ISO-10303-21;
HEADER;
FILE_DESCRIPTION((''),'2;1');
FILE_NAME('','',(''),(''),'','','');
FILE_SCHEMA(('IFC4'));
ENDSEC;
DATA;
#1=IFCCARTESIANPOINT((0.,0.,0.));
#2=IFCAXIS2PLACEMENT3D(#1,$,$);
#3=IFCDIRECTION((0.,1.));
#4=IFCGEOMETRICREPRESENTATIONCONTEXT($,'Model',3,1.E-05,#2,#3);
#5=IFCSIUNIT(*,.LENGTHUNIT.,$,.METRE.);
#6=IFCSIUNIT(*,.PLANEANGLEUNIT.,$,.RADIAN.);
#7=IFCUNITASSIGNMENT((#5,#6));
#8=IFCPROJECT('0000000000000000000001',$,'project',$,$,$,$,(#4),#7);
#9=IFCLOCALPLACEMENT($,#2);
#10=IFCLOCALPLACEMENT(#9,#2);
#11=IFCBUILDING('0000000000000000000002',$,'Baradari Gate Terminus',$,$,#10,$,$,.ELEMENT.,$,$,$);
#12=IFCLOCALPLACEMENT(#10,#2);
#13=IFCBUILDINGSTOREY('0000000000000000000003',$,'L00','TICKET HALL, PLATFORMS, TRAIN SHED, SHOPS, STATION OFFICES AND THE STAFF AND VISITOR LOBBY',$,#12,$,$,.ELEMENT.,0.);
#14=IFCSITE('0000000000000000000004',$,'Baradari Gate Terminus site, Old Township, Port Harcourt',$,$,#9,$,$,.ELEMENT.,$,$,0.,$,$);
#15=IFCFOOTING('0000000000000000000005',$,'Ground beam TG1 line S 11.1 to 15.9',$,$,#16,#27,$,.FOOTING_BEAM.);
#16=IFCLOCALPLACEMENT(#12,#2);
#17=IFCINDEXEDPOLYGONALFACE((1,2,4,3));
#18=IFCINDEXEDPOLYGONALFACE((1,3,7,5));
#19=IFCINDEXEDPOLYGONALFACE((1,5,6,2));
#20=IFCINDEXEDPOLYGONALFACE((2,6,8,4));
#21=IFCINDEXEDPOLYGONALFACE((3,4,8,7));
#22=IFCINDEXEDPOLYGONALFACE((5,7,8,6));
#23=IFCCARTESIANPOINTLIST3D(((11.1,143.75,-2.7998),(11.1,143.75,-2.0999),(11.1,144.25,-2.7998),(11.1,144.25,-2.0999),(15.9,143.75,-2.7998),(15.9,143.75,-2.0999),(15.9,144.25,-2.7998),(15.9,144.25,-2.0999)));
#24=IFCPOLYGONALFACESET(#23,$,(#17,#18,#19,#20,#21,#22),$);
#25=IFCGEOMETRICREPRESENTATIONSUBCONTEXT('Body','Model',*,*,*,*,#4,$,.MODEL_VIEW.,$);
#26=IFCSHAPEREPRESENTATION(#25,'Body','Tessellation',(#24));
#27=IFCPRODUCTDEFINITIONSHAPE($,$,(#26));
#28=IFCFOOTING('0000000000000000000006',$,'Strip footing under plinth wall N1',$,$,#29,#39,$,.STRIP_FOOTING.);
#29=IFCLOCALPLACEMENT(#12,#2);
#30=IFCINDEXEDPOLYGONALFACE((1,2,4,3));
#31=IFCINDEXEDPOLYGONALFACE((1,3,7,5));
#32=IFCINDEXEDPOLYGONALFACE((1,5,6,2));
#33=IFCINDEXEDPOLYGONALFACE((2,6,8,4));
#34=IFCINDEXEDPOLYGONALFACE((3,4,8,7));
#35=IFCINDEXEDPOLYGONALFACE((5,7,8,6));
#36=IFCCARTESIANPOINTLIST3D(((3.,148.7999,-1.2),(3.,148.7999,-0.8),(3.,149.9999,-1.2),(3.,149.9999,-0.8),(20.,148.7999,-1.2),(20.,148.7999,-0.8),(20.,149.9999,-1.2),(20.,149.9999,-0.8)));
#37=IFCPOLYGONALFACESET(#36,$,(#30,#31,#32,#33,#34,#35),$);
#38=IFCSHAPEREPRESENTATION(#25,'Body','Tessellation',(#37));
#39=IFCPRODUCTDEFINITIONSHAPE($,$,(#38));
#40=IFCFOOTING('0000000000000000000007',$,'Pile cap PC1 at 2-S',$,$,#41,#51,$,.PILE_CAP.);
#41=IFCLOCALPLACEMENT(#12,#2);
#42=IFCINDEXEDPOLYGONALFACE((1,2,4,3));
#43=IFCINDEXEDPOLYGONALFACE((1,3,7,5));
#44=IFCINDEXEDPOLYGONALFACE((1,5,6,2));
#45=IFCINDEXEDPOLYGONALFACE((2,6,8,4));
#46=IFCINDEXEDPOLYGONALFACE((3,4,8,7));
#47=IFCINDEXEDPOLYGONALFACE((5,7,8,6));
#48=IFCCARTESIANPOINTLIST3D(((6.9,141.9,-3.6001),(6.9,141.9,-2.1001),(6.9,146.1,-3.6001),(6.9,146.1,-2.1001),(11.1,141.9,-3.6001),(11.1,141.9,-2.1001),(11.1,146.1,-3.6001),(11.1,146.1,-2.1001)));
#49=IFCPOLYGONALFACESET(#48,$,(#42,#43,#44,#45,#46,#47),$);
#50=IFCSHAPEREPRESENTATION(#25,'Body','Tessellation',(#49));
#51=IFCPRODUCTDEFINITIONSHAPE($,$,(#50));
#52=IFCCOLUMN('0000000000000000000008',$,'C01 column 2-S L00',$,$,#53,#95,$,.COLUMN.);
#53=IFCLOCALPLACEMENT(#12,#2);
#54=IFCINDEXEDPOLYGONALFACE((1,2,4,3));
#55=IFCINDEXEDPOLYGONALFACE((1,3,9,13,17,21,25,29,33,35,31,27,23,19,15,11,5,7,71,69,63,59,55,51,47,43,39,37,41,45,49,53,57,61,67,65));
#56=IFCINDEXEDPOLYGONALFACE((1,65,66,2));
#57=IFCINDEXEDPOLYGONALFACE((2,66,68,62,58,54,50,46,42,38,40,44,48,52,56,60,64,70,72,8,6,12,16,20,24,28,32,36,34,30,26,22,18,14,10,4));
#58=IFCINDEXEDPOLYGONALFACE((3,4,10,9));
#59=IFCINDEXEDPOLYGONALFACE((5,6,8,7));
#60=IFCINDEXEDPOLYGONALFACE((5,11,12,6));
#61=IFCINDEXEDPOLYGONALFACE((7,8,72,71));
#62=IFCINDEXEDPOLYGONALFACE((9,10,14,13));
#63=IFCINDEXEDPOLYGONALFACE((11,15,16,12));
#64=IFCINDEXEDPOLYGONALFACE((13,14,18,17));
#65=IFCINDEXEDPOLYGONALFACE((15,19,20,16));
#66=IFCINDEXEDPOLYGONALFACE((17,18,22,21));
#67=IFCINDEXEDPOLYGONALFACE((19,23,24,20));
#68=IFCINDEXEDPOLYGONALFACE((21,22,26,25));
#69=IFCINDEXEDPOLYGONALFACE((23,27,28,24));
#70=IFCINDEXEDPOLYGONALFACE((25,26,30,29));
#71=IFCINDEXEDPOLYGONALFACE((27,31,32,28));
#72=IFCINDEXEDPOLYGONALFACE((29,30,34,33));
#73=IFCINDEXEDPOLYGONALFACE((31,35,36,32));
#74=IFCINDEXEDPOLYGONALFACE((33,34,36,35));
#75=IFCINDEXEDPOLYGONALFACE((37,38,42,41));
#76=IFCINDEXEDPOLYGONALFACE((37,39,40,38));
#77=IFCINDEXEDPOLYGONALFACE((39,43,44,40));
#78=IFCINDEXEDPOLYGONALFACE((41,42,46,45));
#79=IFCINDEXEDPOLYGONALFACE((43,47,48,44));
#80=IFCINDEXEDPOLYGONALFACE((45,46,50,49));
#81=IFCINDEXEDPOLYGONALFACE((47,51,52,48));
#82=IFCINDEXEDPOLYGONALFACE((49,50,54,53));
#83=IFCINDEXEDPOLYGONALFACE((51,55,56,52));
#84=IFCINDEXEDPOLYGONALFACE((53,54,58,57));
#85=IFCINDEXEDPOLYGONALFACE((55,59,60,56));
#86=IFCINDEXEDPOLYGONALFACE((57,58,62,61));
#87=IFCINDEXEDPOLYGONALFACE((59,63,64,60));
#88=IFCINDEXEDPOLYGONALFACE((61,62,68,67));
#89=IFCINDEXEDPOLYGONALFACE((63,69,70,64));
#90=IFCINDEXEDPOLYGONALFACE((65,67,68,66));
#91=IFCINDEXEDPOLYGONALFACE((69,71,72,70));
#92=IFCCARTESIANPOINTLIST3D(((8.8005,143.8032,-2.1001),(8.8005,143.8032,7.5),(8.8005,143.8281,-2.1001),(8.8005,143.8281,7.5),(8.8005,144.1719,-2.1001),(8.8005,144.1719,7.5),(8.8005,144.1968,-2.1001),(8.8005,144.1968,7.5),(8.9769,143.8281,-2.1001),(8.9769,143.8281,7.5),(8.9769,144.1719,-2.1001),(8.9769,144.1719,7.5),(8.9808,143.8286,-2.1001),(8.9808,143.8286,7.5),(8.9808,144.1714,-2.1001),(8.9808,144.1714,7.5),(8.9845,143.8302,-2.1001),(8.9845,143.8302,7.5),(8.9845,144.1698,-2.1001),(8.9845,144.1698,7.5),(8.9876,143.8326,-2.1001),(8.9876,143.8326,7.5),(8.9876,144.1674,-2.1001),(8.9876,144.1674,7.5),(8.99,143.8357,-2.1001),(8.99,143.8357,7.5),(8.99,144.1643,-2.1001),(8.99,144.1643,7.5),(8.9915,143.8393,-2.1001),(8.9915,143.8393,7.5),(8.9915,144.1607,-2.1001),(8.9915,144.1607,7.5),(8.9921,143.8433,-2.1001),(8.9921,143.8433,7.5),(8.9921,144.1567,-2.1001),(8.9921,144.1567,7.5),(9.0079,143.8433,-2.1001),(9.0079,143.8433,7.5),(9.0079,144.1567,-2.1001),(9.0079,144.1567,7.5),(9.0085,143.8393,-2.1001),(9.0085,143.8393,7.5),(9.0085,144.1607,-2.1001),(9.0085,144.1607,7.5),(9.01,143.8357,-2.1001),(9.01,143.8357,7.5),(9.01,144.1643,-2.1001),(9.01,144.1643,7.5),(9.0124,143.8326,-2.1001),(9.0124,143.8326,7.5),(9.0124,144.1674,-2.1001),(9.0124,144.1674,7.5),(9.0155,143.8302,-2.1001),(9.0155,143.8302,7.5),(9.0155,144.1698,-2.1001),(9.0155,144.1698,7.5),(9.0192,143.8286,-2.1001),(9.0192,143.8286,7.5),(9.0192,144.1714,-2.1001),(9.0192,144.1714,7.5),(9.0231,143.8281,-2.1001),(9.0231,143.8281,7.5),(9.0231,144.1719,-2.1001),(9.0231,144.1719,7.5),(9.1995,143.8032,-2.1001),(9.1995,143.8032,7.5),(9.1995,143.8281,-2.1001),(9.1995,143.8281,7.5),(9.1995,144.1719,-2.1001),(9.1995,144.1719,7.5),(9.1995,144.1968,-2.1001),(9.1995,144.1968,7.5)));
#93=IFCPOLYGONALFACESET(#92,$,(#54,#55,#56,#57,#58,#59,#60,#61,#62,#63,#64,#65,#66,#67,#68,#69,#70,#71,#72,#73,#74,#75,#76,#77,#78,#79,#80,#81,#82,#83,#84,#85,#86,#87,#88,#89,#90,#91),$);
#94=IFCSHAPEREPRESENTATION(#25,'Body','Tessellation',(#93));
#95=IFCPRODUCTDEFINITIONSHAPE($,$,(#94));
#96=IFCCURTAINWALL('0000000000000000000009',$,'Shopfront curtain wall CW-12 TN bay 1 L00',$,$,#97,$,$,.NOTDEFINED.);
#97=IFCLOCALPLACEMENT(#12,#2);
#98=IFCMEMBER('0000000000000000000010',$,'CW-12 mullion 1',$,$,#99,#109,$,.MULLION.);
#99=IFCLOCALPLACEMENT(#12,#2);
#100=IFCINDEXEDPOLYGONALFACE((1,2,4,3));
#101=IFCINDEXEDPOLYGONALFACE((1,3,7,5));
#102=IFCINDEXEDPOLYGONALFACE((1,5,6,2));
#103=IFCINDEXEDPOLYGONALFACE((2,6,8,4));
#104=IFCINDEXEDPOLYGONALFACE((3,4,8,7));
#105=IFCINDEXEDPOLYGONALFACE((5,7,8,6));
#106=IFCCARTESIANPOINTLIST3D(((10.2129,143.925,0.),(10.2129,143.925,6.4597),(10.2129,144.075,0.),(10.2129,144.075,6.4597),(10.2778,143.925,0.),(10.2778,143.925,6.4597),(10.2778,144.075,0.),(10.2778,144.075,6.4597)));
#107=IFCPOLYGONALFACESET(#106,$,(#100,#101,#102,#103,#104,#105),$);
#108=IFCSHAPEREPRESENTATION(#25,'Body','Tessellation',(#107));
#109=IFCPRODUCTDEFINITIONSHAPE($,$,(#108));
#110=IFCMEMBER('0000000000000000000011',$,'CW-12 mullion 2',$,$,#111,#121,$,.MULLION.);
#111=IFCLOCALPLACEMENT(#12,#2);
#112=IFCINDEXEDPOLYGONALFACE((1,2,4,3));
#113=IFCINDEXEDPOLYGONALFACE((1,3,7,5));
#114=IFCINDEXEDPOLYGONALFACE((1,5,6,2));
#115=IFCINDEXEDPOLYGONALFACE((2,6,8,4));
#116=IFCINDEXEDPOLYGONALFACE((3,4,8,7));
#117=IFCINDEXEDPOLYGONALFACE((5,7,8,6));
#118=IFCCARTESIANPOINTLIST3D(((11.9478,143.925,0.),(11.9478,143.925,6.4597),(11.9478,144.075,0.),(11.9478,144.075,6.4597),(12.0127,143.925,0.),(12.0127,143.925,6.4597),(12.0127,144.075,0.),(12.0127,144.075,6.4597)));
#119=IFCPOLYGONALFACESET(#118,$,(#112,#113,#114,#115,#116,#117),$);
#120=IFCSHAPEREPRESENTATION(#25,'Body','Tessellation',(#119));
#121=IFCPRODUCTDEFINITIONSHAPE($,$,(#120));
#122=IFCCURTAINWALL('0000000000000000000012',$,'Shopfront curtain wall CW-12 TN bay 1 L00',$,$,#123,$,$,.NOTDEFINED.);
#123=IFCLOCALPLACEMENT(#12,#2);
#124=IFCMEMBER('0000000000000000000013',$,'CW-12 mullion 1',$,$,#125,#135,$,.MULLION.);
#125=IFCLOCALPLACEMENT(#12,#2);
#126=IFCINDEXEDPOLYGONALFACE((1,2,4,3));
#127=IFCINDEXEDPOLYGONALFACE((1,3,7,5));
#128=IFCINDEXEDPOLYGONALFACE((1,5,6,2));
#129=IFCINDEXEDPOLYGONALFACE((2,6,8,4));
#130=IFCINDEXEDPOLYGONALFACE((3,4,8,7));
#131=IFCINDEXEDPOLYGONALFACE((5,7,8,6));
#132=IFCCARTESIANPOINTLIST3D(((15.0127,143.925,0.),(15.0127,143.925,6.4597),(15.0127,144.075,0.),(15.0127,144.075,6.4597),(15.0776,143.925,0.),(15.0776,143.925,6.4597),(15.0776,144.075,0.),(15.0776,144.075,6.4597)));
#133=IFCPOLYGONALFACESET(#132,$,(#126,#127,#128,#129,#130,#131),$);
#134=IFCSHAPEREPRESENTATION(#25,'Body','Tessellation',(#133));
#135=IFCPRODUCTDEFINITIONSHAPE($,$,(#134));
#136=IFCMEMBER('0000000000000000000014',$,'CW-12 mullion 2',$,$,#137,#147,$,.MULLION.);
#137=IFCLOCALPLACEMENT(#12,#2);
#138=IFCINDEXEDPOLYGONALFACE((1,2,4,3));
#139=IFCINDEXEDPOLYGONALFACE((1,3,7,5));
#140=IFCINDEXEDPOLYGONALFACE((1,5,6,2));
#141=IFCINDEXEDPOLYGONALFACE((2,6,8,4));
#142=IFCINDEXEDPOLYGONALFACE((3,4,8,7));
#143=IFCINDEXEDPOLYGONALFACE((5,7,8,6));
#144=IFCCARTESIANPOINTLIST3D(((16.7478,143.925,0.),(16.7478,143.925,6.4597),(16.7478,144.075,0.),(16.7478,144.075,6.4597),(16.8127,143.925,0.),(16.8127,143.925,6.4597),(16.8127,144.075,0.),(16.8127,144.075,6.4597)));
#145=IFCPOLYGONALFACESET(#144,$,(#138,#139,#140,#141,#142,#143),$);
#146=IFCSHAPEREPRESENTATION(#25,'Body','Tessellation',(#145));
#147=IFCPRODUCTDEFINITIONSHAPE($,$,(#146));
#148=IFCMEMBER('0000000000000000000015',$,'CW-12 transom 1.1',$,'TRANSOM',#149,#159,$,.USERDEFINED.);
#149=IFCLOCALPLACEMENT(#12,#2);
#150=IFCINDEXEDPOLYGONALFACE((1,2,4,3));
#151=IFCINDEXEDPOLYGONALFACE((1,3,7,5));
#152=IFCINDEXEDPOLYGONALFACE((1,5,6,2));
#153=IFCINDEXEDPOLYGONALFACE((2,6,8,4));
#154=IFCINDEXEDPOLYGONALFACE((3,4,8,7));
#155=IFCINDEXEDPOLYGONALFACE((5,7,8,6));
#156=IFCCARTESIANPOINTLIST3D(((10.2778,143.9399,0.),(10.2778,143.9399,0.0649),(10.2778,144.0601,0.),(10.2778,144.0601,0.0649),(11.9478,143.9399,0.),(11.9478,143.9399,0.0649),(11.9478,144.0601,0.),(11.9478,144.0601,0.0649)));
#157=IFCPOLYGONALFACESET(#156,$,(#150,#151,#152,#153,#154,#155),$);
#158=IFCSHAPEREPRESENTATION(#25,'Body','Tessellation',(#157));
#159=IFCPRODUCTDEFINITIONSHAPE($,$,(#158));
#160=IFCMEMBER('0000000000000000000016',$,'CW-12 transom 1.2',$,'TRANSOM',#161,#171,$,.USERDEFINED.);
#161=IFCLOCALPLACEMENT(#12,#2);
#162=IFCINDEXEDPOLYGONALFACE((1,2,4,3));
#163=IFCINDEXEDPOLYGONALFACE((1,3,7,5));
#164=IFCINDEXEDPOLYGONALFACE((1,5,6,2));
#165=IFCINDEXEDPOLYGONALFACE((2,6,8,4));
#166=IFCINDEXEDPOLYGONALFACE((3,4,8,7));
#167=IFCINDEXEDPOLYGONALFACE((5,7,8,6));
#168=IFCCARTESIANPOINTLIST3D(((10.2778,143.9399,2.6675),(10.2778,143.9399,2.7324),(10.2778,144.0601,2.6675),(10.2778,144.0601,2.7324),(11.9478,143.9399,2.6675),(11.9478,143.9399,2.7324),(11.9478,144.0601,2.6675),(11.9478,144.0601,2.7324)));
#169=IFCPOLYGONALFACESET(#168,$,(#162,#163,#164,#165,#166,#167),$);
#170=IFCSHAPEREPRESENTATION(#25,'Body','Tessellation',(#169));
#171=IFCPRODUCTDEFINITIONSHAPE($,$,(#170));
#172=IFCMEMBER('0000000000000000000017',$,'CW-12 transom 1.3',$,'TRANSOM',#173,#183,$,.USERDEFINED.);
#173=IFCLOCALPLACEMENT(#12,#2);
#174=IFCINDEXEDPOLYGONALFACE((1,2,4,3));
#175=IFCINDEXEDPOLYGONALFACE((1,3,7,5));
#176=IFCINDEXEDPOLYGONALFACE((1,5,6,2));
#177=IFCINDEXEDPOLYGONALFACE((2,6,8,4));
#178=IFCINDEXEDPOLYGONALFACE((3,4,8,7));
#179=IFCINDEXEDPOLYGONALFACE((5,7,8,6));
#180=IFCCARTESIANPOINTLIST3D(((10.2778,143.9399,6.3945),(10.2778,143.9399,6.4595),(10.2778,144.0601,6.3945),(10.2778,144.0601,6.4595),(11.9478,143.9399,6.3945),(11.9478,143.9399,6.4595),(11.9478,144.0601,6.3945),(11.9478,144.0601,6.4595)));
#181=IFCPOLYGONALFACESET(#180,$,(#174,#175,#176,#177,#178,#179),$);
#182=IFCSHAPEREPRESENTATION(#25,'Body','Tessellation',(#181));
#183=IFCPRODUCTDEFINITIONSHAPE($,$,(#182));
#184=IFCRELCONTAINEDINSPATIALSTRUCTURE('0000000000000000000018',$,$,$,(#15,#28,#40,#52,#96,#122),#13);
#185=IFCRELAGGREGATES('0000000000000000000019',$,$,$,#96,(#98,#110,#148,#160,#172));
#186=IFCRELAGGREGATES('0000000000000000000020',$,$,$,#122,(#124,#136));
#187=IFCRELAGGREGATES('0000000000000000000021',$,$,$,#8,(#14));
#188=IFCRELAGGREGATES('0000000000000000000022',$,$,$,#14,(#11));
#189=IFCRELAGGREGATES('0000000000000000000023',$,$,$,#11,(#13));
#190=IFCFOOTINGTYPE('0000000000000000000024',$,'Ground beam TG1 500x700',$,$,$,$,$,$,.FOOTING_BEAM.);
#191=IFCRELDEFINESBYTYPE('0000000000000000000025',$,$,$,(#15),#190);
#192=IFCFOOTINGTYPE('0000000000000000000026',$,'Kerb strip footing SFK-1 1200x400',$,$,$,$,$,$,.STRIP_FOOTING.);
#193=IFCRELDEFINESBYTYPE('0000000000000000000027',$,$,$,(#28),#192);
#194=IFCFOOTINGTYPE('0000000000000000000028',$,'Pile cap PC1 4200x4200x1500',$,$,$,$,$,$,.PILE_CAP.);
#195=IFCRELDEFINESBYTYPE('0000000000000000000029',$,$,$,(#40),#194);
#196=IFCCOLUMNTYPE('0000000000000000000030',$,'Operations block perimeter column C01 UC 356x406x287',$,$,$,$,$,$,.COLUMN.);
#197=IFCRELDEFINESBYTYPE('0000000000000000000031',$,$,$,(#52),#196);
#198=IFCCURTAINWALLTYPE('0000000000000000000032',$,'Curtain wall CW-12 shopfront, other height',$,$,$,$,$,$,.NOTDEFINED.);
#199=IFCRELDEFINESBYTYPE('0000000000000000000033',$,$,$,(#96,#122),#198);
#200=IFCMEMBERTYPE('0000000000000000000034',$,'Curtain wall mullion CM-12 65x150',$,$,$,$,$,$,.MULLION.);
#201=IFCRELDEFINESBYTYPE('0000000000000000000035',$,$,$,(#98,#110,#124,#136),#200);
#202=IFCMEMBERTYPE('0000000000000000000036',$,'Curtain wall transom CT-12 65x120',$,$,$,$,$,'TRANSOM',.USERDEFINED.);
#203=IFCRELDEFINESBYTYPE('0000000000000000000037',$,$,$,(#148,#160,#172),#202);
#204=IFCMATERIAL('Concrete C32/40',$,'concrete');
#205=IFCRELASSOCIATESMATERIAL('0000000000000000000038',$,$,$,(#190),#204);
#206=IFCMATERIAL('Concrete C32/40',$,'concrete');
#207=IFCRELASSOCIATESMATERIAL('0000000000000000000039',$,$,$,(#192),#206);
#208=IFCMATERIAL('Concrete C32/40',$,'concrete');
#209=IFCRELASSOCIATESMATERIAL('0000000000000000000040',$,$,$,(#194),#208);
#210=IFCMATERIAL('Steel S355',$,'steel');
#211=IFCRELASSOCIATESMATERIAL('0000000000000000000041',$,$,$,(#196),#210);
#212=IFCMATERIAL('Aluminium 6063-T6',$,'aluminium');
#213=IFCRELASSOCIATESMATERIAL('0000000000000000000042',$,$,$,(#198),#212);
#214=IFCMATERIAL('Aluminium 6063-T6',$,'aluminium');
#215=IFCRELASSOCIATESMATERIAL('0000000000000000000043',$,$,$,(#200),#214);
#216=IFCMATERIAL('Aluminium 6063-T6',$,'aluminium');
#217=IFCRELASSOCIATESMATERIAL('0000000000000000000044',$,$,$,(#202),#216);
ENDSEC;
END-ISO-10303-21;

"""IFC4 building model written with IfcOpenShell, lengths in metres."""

from ifc_helpers import new_model, si_unit, direction, frame, origin, origin_2d, place, context, subcontext, project, spatial, rectangle, i_section, extrude, material, material_profile, profile_set, type_object, element, aggregate, save


model = new_model("IFC4")

# Units and contexts
model_context = context("Model", 3, precision=1e-05, world=origin(), true_north=direction((0.0, 1.0)))
body_context = subcontext(model_context, "Body", "Model", "MODEL_VIEW")
ifc_project = project(units=[si_unit("LENGTHUNIT", "METRE"), si_unit("PLANEANGLEUNIT", "RADIAN")], contexts=[model_context])

# Site, building, storey
site_placement = place(None, origin())
site = spatial("IfcSite", under=ifc_project, at=site_placement, Name="Baradari Gate Terminus site, Old Township, Port Harcourt", CompositionType="ELEMENT", RefElevation=0.0)
building_placement = place(site_placement, origin())
building = spatial("IfcBuilding", under=site, at=building_placement, Name="Baradari Gate Terminus", CompositionType="ELEMENT")
storey_placement = place(building_placement, origin())
storey = spatial("IfcBuildingStorey", under=building, at=storey_placement, Name="L00", Description="TICKET HALL, PLATFORMS, TRAIN SHED, SHOPS, STATION OFFICES AND THE STAFF AND VISITOR LOBBY", CompositionType="ELEMENT", Elevation=0.0)

# Footings
ifc_material_1 = material(Name="Concrete C32/40", Category="concrete")
footing_type_1 = type_object("IfcFootingType", Name="Ground beam TG1 500x700", PredefinedType="FOOTING_BEAM", material=ifc_material_1)
footing_1_placement = place(storey_placement, frame((13.5, 144.0, -2.7998), z_axis=(0.0, 0.0, 1.0), x_axis=(1.0, 0.0, 0.0)))
element("IfcFooting", 1, at=footing_1_placement, inside=storey, type_object=footing_type_1, Name="Ground beam TG1 line S 11.1 to 15.9", PredefinedType="FOOTING_BEAM", context=body_context, shape_type="SweptSolid", body=[
    extrude(rectangle(XDim=4.8, YDim=0.5, at=origin_2d()), origin(), (0.0, 0.0, 1.0), 0.7),
])
ifc_material_2 = material(Name="Concrete C32/40", Category="concrete")
footing_type_2 = type_object("IfcFootingType", Name="Kerb strip footing SFK-1 1200x400", PredefinedType="STRIP_FOOTING", material=ifc_material_2)
footing_2_placement = place(storey_placement, frame((11.5, 149.3999, -1.2), z_axis=(0.0, 0.0, 1.0), x_axis=(1.0, 0.0, 0.0)))
element("IfcFooting", 2, at=footing_2_placement, inside=storey, type_object=footing_type_2, Name="Strip footing under plinth wall N1", PredefinedType="STRIP_FOOTING", context=body_context, shape_type="SweptSolid", body=[
    extrude(rectangle(XDim=17.0, YDim=1.2, at=origin_2d()), origin(), (0.0, 0.0, 1.0), 0.3999),
])
ifc_material_3 = material(Name="Concrete C32/40", Category="concrete")
footing_type_3 = type_object("IfcFootingType", Name="Pile cap PC1 4200x4200x1500", PredefinedType="PILE_CAP", material=ifc_material_3)
footing_3_placement = place(storey_placement, frame((9.0, 144.0, -3.6001), z_axis=(0.0, 0.0, 1.0), x_axis=(1.0, 0.0, 0.0)))
element("IfcFooting", 3, at=footing_3_placement, inside=storey, type_object=footing_type_3, Name="Pile cap PC1 at 2-S", PredefinedType="PILE_CAP", context=body_context, shape_type="SweptSolid", body=[
    extrude(rectangle(XDim=4.2, YDim=4.2, at=origin_2d()), origin(), (0.0, 0.0, 1.0), 1.5),
])

# Column
ifc_material_4 = material(Name="Steel S355", Category="steel")
ifc_material_profile_1 = material_profile(ifc_material_4, i_section(OverallWidth=0.3989, OverallDepth=0.3936, WebThickness=0.0159, FlangeThickness=0.0249, FilletRadius=0.0151, at=origin_2d()), Name="UC 356x406x287")
ifc_profile_set_1 = profile_set([ifc_material_profile_1], Name="Steel S355")
column_type = type_object("IfcColumnType", Name="Operations block perimeter column C01 UC 356x406x287", PredefinedType="COLUMN", material=ifc_profile_set_1)
column_placement = place(storey_placement, frame((9.0, 144.0, -2.1001), z_axis=(0.0, 0.0, 1.0), x_axis=(1.0, 0.0, 0.0)))
element("IfcColumn", 4, at=column_placement, inside=storey, type_object=column_type, Name="C01 column 2-S L00", PredefinedType="COLUMN", context=body_context, shape_type="SweptSolid", body=[
    extrude(i_section(OverallWidth=0.3989, OverallDepth=0.3936, WebThickness=0.0159, FlangeThickness=0.0249, FilletRadius=0.0151, at=origin_2d()), origin(), (0.0, 0.0, 1.0), 9.6001),
])

# Curtain walls, members
ifc_material_5 = material(Name="Aluminium 6063-T6", Category="aluminium")
curtain_wall_type = type_object("IfcCurtainWallType", Name="Curtain wall CW-12 shopfront, other height", PredefinedType="NOTDEFINED", material=ifc_material_5)
curtain_wall_1_placement = place(storey_placement, origin())
curtain_wall_1 = element("IfcCurtainWall", 5, at=curtain_wall_1_placement, inside=storey, type_object=curtain_wall_type, Name="Shopfront curtain wall CW-12 TN bay 1 L00", PredefinedType="NOTDEFINED")
ifc_material_6 = material(Name="Aluminium 6063-T6", Category="aluminium")
ifc_material_profile_2 = material_profile(ifc_material_6, rectangle(XDim=0.1499, YDim=0.0649, at=origin_2d()), Name="CM-12 65X150")
ifc_profile_set_2 = profile_set([ifc_material_profile_2], Name="Aluminium 6063-T6")
member_type_1 = type_object("IfcMemberType", Name="Curtain wall mullion CM-12 65x150", PredefinedType="MULLION", material=ifc_profile_set_2)
member_1_placement = place(storey_placement, frame((10.2454, 144.0, 0.0), z_axis=(0.0, 0.0, 1.0), x_axis=(0.0, 1.0, 0.0)))
member_1 = element("IfcMember", 6, at=member_1_placement, type_object=member_type_1, Name="CW-12 mullion 1", PredefinedType="MULLION", context=body_context, shape_type="SweptSolid", body=[
    extrude(rectangle(XDim=0.1499, YDim=0.0649, at=origin_2d()), origin(), (0.0, 0.0, 1.0), 6.4597),
])
member_2_placement = place(storey_placement, frame((11.9802, 144.0, 0.0), z_axis=(0.0, 0.0, 1.0), x_axis=(0.0, 1.0, 0.0)))
member_2 = element("IfcMember", 7, at=member_2_placement, type_object=member_type_1, Name="CW-12 mullion 2", PredefinedType="MULLION", context=body_context, shape_type="SweptSolid", body=[
    extrude(rectangle(XDim=0.1499, YDim=0.0649, at=origin_2d()), origin(), (0.0, 0.0, 1.0), 6.4597),
])
curtain_wall_2_placement = place(storey_placement, origin())
curtain_wall_2 = element("IfcCurtainWall", 8, at=curtain_wall_2_placement, inside=storey, type_object=curtain_wall_type, Name="Shopfront curtain wall CW-12 TN bay 1 L00", PredefinedType="NOTDEFINED")
member_3_placement = place(storey_placement, frame((15.0452, 144.0, 0.0), z_axis=(0.0, 0.0, 1.0), x_axis=(0.0, 1.0, 0.0)))
member_3 = element("IfcMember", 9, at=member_3_placement, type_object=member_type_1, Name="CW-12 mullion 1", PredefinedType="MULLION", context=body_context, shape_type="SweptSolid", body=[
    extrude(rectangle(XDim=0.1499, YDim=0.0649, at=origin_2d()), origin(), (0.0, 0.0, 1.0), 6.4597),
])
member_4_placement = place(storey_placement, frame((16.7803, 144.0, 0.0), z_axis=(0.0, 0.0, 1.0), x_axis=(0.0, 1.0, 0.0)))
member_4 = element("IfcMember", 10, at=member_4_placement, type_object=member_type_1, Name="CW-12 mullion 2", PredefinedType="MULLION", context=body_context, shape_type="SweptSolid", body=[
    extrude(rectangle(XDim=0.1499, YDim=0.0649, at=origin_2d()), origin(), (0.0, 0.0, 1.0), 6.4597),
])

# Members
ifc_material_7 = material(Name="Aluminium 6063-T6", Category="aluminium")
ifc_material_profile_3 = material_profile(ifc_material_7, rectangle(XDim=0.1201, YDim=0.0649, at=origin_2d()), Name="CT-12 65X120")
ifc_profile_set_3 = profile_set([ifc_material_profile_3], Name="Aluminium 6063-T6")
member_type_2 = type_object("IfcMemberType", Name="Curtain wall transom CT-12 65x120", ElementType="TRANSOM", PredefinedType="USERDEFINED", material=ifc_profile_set_3)
member_5_placement = place(storey_placement, frame((10.2778, 144.0, 0.0325), z_axis=(1.0, 0.0, 0.0), x_axis=(0.0, 1.0, 0.0)))
member_5 = element("IfcMember", 11, at=member_5_placement, type_object=member_type_2, Name="CW-12 transom 1.1", ObjectType="TRANSOM", PredefinedType="USERDEFINED", context=body_context, shape_type="SweptSolid", body=[
    extrude(rectangle(XDim=0.1201, YDim=0.0649, at=origin_2d()), origin(), (0.0, 0.0, 1.0), 1.6699),
])
member_6_placement = place(storey_placement, frame((10.2778, 144.0, 2.7), z_axis=(1.0, 0.0, 0.0), x_axis=(0.0, 1.0, 0.0)))
member_6 = element("IfcMember", 12, at=member_6_placement, type_object=member_type_2, Name="CW-12 transom 1.2", ObjectType="TRANSOM", PredefinedType="USERDEFINED", context=body_context, shape_type="SweptSolid", body=[
    extrude(rectangle(XDim=0.1201, YDim=0.0649, at=origin_2d()), origin(), (0.0, 0.0, 1.0), 1.6699),
])
member_7_placement = place(storey_placement, frame((10.2778, 144.0, 6.427), z_axis=(1.0, 0.0, 0.0), x_axis=(0.0, 1.0, 0.0)))
member_7 = element("IfcMember", 13, at=member_7_placement, type_object=member_type_2, Name="CW-12 transom 1.3", ObjectType="TRANSOM", PredefinedType="USERDEFINED", context=body_context, shape_type="SweptSolid", body=[
    extrude(rectangle(XDim=0.1201, YDim=0.0649, at=origin_2d()), origin(), (0.0, 0.0, 1.0), 1.6699),
])

aggregate(curtain_wall_1, [member_1, member_2, member_5, member_6, member_7])
aggregate(curtain_wall_2, [member_3, member_4])

save(model, "model.ifc")
